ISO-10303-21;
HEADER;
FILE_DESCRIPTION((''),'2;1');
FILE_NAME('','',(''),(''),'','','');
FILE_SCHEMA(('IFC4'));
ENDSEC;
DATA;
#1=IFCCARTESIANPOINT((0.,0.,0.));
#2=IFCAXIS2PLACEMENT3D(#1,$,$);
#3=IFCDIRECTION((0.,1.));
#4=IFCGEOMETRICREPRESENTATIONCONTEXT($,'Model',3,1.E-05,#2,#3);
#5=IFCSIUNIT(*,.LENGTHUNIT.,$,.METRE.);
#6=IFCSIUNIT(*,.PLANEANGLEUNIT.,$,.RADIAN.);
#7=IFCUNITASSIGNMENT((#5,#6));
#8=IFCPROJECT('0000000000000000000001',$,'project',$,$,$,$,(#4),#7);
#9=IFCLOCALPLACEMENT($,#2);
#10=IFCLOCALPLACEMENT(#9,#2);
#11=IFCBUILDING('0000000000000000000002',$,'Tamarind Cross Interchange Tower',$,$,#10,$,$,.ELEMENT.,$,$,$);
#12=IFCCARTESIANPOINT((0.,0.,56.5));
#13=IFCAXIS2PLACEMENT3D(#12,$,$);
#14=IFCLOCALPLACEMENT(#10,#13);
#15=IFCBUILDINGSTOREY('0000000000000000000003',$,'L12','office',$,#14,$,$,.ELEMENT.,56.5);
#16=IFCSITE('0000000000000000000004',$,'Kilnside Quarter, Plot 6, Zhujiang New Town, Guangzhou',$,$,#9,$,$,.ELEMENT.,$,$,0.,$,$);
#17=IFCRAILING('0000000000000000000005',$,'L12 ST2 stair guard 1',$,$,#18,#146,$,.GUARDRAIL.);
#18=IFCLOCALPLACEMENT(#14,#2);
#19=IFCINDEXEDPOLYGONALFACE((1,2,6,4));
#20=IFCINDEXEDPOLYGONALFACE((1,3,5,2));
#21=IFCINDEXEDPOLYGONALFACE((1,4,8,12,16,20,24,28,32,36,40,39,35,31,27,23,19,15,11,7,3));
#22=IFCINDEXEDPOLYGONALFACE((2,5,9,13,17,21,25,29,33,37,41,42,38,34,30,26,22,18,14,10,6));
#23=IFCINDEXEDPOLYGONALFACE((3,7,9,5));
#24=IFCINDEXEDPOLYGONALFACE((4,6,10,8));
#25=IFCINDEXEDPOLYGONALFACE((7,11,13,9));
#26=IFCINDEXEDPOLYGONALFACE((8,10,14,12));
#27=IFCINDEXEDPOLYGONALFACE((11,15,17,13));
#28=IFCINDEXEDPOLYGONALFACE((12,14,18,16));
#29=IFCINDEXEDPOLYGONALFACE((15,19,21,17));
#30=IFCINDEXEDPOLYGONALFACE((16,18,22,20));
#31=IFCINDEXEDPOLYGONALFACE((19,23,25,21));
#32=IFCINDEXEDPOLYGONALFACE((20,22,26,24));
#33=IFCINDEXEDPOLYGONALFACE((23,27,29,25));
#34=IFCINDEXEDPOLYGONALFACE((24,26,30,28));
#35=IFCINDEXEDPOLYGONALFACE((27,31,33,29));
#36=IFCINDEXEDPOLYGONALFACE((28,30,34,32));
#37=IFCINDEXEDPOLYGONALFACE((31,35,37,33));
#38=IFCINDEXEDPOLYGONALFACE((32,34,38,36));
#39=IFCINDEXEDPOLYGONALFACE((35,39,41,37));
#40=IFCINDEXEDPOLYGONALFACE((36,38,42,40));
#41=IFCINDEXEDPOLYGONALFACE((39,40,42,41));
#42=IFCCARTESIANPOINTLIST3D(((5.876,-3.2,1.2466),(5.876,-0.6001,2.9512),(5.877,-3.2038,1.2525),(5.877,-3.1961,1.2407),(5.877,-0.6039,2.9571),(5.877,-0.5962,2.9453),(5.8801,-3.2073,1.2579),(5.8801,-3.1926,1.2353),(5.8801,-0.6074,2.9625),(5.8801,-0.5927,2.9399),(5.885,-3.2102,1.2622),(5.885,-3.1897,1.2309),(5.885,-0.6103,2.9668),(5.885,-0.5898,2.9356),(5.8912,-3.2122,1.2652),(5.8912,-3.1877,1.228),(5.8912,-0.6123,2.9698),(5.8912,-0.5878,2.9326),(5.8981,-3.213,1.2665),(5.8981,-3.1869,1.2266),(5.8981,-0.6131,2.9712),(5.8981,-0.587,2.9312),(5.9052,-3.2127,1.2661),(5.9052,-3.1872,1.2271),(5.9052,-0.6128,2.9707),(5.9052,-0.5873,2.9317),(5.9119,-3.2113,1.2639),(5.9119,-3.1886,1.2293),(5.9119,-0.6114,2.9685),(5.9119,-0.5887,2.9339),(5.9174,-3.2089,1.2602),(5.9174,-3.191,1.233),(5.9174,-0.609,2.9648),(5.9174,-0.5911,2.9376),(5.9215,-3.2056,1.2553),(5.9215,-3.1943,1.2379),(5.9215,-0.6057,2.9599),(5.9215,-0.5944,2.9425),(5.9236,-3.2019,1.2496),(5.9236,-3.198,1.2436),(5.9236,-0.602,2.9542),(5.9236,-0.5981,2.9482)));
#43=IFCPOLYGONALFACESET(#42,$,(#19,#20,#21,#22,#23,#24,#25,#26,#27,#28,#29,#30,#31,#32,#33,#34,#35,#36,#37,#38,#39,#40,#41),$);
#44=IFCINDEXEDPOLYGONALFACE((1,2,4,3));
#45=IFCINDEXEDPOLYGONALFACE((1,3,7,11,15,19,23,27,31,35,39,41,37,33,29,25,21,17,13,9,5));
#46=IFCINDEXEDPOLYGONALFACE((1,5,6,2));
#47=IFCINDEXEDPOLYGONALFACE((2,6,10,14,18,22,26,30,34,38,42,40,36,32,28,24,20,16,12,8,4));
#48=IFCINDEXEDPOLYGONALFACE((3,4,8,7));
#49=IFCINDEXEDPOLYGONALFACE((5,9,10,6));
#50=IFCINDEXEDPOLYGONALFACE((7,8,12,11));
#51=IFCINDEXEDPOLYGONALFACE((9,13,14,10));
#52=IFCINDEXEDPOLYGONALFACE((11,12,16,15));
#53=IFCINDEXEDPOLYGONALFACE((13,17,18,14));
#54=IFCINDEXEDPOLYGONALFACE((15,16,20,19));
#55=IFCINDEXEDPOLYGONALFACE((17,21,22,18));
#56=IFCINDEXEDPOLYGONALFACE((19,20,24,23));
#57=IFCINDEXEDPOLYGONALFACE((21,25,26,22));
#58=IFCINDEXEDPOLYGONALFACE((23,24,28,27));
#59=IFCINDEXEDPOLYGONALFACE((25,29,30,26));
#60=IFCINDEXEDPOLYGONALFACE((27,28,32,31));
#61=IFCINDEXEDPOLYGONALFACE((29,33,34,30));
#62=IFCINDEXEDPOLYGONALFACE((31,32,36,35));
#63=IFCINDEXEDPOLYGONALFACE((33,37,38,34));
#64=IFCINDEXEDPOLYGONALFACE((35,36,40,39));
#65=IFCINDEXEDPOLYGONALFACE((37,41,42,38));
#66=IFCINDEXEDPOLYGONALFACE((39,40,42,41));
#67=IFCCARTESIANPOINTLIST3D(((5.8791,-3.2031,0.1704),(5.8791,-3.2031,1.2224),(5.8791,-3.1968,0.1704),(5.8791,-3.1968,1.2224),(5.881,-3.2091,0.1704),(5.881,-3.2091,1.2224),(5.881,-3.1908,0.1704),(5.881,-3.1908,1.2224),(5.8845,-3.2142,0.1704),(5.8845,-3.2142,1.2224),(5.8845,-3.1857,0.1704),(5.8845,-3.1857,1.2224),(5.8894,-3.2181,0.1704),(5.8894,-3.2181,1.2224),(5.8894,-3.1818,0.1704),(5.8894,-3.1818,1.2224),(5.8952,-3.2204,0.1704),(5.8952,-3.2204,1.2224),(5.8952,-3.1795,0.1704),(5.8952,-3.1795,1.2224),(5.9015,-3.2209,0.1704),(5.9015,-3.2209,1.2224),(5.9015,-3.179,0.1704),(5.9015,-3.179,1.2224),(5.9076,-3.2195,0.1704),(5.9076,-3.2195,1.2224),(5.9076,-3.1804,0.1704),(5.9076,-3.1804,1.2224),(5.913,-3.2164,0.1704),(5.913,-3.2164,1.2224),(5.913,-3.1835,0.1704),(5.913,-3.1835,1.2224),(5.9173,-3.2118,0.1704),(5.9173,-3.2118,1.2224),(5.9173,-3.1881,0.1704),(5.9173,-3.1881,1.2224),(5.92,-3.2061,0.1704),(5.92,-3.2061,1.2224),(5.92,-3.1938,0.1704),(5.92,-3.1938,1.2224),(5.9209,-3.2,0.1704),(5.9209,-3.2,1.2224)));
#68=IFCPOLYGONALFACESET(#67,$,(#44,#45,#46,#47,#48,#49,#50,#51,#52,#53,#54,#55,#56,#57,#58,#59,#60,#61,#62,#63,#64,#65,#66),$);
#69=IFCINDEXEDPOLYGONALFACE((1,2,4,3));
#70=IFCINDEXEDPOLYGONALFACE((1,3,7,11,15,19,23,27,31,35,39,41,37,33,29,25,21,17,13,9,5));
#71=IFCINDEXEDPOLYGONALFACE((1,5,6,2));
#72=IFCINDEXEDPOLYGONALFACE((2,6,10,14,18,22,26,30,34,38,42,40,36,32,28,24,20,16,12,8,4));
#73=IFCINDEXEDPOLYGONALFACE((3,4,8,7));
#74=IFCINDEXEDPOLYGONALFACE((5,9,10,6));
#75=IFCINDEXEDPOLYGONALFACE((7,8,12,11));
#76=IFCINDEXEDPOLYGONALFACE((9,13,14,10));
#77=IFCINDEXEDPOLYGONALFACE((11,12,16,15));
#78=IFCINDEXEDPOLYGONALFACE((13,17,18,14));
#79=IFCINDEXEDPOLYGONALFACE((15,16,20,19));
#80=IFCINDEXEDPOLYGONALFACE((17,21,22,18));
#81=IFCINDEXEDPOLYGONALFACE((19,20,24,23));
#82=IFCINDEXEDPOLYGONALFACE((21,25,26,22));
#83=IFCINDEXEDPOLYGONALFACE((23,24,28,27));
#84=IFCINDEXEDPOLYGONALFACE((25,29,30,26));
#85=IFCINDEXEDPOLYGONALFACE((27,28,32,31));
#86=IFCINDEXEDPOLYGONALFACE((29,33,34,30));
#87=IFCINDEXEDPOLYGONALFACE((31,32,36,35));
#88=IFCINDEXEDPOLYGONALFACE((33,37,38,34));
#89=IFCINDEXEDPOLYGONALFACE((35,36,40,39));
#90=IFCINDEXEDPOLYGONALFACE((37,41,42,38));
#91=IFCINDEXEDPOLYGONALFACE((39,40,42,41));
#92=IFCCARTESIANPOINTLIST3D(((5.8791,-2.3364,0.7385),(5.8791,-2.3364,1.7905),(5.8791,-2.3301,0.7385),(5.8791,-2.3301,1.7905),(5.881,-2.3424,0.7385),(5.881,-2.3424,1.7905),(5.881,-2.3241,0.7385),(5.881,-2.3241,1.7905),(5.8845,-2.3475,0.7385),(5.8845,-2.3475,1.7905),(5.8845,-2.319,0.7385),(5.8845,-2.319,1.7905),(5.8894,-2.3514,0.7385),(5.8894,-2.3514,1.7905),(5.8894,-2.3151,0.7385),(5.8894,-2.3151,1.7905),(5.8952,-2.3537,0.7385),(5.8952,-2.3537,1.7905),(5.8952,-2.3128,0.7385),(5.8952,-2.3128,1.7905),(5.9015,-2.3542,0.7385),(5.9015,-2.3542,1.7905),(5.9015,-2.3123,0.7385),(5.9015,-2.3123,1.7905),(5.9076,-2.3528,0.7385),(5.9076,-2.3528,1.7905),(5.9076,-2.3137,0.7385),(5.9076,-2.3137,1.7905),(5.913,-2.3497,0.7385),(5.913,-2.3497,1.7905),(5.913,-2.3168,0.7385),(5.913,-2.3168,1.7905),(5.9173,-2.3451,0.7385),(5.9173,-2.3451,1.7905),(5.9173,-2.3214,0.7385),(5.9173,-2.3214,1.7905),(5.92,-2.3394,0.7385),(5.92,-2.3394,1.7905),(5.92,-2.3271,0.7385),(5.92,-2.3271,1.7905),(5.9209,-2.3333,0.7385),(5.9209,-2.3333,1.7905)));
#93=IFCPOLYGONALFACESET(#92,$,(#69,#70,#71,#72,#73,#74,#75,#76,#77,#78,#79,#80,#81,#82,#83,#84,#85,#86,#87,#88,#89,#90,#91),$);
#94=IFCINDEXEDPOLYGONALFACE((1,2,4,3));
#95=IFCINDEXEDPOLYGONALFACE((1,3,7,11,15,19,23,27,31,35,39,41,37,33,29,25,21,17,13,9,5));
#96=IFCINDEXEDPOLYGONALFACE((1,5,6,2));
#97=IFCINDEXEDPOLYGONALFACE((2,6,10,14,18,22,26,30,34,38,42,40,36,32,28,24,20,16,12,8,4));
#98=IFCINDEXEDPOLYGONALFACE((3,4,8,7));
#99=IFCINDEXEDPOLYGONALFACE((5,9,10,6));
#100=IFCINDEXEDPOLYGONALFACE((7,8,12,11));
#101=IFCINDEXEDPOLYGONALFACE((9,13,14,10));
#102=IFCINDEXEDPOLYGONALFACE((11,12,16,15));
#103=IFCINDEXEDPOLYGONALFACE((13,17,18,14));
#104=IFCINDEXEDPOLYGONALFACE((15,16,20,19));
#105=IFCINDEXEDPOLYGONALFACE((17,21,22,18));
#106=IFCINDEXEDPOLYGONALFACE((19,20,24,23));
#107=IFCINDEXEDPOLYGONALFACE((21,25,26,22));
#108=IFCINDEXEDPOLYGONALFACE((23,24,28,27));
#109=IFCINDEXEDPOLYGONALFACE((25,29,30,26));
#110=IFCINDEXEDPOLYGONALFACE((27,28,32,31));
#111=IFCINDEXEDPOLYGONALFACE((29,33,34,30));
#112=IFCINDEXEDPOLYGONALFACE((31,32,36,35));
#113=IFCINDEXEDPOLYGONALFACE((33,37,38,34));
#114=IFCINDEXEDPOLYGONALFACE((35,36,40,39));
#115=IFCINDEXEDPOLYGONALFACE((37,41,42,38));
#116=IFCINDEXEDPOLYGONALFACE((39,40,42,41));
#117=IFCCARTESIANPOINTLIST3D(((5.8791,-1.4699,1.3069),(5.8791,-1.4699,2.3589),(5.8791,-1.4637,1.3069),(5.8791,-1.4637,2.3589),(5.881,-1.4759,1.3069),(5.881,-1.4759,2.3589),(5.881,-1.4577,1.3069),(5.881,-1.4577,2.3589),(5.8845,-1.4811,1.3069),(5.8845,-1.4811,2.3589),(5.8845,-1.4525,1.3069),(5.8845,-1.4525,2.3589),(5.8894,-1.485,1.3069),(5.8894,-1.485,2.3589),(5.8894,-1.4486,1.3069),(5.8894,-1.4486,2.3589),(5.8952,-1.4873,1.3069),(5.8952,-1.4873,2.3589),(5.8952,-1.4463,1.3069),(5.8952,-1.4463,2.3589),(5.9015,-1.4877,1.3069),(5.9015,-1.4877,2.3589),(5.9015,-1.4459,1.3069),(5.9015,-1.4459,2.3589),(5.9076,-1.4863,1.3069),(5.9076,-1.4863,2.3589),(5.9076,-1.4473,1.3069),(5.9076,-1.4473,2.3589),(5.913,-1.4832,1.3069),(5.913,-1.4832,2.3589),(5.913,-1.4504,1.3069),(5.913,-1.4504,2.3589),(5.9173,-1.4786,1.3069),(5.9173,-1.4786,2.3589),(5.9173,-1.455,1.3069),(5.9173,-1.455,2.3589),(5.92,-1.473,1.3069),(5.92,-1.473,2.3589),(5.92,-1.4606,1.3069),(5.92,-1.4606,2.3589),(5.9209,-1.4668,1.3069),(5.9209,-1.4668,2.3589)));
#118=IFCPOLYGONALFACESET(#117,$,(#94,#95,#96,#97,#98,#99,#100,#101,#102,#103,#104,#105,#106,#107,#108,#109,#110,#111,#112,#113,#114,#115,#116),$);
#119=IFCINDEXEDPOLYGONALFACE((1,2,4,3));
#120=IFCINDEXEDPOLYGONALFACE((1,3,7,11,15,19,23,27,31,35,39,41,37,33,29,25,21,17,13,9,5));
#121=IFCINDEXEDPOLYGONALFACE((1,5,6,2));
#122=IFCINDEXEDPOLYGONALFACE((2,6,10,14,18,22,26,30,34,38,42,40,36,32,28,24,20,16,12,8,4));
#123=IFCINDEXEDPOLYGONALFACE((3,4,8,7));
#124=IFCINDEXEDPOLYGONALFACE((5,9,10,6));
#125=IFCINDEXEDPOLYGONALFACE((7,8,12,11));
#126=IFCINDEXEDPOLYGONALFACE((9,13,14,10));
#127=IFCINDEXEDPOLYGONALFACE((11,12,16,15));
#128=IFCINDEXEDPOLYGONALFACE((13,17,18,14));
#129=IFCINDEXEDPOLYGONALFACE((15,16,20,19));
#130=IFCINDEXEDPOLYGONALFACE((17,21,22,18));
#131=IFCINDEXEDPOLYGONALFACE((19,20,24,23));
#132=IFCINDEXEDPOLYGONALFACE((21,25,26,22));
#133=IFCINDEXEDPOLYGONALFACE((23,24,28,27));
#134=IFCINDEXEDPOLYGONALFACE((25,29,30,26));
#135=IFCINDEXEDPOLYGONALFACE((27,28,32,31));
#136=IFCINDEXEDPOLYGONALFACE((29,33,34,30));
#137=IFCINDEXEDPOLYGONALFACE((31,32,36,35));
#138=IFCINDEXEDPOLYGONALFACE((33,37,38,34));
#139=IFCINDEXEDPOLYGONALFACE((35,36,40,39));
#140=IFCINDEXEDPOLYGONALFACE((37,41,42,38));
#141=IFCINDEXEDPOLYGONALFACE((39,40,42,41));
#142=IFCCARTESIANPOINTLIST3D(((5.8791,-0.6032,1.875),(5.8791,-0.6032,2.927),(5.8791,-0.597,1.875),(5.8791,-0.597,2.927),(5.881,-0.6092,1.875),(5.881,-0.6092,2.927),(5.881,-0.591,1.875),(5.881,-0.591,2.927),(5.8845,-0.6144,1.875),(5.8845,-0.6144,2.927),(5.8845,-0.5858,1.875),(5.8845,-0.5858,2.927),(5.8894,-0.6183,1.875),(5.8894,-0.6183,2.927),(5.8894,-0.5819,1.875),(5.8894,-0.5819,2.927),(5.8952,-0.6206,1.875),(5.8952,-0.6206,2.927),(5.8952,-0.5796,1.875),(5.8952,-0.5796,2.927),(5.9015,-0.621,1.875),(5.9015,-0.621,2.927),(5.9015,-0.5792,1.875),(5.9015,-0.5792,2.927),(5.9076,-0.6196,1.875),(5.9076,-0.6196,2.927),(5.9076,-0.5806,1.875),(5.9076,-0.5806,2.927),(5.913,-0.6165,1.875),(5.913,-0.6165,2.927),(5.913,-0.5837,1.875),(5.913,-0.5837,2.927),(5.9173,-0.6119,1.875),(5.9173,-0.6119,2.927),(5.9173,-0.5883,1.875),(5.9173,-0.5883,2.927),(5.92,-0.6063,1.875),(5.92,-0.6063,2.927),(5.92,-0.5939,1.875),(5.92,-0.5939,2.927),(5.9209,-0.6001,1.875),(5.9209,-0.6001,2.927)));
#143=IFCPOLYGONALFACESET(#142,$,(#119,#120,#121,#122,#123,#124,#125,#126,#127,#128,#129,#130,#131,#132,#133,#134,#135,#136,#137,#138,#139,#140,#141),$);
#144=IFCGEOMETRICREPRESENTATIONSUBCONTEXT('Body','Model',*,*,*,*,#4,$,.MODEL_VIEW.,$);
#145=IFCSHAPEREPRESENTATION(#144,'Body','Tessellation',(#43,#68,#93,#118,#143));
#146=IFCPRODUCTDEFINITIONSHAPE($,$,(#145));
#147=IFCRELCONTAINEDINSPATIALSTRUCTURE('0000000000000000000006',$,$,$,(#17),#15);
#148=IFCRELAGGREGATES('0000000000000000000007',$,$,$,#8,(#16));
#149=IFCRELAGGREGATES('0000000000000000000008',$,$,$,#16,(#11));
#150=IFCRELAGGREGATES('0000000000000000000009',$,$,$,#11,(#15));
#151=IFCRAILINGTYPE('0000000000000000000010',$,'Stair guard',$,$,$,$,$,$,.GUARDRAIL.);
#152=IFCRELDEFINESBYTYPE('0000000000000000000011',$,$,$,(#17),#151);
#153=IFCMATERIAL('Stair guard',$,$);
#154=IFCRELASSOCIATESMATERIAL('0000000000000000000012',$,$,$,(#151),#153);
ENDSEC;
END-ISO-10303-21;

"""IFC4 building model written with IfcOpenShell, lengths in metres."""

from ifc_helpers import new_model, si_unit, direction, frame, origin, origin_2d, place, context, subcontext, project, spatial, circle, extrude, material, type_object, element, save


model = new_model("IFC4")

# Units and contexts
model_context = context("Model", 3, precision=1e-05, world=origin(), true_north=direction((0.0, 1.0)))
body_context = subcontext(model_context, "Body", "Model", "MODEL_VIEW")
ifc_project = project(units=[si_unit("LENGTHUNIT", "METRE"), si_unit("PLANEANGLEUNIT", "RADIAN")], contexts=[model_context])

# Site, building, storey
site_placement = place(None, origin())
site = spatial("IfcSite", under=ifc_project, at=site_placement, Name="Kilnside Quarter, Plot 6, Zhujiang New Town, Guangzhou", CompositionType="ELEMENT", RefElevation=0.0)
building_placement = place(site_placement, origin())
building = spatial("IfcBuilding", under=site, at=building_placement, Name="Tamarind Cross Interchange Tower", CompositionType="ELEMENT")
storey_placement = place(building_placement, frame((0.0, 0.0, 56.5)))
storey = spatial("IfcBuildingStorey", under=building, at=storey_placement, Name="L12", Description="office", CompositionType="ELEMENT", Elevation=56.5)

# Railing
ifc_material_1 = material(Name="Stair guard")
railing_type_1 = type_object("IfcRailingType", Name="Stair guard", PredefinedType="GUARDRAIL", material=ifc_material_1)
railing_1_placement = place(storey_placement, frame((5.8999, -3.2, 0.1704)))
element("IfcRailing", 1, at=railing_1_placement, inside=storey, type_object=railing_type_1, Name="L12 ST2 stair guard 1", PredefinedType="GUARDRAIL", context=body_context, shape_type="SweptSolid", body=[
    extrude(circle(Radius=0.0239, at=origin_2d()), frame((0.0, 0.0, 1.0762), z_axis=(0.0, 0.836279, 0.548305), x_axis=(-1.0, 0.0, 0.0)), (0.0, 0.0, 1.0), 3.1089),
    extrude(circle(Radius=0.021, at=origin_2d()), origin(), (0.0, 0.0, 1.0), 1.052),
    extrude(circle(Radius=0.021, at=origin_2d()), frame((0.0, 0.8667, 0.5681)), (0.0, 0.0, 1.0), 1.052),
    extrude(circle(Radius=0.021, at=origin_2d()), frame((0.0, 1.7332, 1.1365)), (0.0, 0.0, 1.0), 1.052),
    extrude(circle(Radius=0.021, at=origin_2d()), frame((0.0, 2.5999, 1.7046)), (0.0, 0.0, 1.0), 1.052),
])

save(model, "model.ifc")
